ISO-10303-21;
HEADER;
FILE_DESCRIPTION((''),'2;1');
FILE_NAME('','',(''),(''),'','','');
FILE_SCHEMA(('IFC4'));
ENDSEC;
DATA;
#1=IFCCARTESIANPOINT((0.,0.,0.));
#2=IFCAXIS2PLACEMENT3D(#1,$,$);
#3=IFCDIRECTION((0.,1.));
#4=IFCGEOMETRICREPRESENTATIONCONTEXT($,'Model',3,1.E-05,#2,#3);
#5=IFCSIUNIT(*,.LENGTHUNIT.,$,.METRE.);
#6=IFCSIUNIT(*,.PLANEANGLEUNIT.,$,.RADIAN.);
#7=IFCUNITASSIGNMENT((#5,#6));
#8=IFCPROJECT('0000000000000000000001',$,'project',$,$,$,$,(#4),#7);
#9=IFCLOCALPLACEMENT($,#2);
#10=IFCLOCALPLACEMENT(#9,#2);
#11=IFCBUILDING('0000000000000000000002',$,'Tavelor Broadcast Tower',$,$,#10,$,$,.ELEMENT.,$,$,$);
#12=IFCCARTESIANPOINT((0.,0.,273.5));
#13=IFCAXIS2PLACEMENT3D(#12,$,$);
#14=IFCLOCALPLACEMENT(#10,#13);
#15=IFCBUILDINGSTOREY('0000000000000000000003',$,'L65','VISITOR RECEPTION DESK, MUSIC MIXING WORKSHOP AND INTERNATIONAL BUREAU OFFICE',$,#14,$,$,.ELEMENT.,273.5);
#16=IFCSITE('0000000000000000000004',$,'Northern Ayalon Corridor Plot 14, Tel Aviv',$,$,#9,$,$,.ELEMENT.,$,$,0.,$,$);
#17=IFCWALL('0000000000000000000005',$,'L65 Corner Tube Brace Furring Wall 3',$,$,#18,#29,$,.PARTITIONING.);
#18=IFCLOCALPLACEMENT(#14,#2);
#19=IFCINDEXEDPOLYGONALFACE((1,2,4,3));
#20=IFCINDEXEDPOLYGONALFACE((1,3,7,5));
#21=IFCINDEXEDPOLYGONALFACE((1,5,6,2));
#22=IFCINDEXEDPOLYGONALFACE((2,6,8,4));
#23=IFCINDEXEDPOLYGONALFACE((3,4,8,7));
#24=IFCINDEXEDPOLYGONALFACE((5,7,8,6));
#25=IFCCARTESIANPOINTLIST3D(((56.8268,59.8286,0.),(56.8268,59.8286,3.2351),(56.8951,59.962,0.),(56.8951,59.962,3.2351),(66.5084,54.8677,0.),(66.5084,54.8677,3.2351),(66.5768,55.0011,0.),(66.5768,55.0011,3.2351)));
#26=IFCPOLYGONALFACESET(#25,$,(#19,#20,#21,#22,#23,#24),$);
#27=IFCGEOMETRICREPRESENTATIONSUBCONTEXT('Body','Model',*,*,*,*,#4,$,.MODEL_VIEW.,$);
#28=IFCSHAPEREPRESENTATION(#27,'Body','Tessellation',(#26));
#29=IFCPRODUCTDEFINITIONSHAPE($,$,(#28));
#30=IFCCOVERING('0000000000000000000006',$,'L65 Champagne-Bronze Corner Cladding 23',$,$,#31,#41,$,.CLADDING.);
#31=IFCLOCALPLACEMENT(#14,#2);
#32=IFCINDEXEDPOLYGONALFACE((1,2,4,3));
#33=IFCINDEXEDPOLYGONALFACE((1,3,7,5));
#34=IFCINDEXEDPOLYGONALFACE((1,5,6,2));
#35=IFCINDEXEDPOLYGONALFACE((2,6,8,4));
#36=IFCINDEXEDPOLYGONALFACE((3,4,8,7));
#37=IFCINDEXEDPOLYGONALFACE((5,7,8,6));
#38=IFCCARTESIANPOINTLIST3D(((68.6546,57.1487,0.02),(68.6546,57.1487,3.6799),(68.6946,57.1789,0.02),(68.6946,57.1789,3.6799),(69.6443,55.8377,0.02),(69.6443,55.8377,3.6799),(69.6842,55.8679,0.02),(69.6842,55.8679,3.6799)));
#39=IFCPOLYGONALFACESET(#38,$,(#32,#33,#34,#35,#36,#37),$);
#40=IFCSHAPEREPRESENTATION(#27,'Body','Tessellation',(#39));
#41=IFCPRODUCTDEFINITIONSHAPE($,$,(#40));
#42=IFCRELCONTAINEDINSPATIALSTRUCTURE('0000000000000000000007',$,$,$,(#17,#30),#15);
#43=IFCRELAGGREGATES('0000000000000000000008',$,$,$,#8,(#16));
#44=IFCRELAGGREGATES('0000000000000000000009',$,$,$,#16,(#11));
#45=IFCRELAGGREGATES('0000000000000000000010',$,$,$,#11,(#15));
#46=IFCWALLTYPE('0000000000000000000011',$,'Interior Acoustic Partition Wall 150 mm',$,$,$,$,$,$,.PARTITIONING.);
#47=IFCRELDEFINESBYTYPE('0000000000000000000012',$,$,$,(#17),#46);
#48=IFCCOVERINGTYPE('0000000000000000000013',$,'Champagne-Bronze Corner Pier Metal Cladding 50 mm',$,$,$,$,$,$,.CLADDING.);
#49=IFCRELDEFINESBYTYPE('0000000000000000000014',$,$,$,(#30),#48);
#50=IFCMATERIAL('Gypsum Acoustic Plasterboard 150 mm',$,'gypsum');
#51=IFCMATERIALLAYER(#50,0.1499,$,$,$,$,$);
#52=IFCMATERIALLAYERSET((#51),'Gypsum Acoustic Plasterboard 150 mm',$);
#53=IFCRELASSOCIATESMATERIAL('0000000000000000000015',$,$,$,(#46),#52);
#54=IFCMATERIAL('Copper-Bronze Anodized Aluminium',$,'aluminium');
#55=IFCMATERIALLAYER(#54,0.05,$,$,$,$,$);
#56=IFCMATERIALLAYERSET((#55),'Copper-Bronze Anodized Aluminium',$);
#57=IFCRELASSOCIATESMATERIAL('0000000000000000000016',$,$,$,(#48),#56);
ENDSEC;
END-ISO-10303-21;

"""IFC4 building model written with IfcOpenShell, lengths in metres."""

from ifc_helpers import new_model, si_unit, direction, frame, frame_2d, origin, origin_2d, place, context, subcontext, project, spatial, rectangle, extrude, material, layer, layer_set, type_object, element, save


model = new_model("IFC4")

# Units and contexts
model_context = context("Model", 3, precision=1e-05, world=origin(), true_north=direction((0.0, 1.0)))
body_context = subcontext(model_context, "Body", "Model", "MODEL_VIEW")
ifc_project = project(units=[si_unit("LENGTHUNIT", "METRE"), si_unit("PLANEANGLEUNIT", "RADIAN")], contexts=[model_context])

# Site, building, storey
site_placement = place(None, origin())
site = spatial("IfcSite", under=ifc_project, at=site_placement, Name="Northern Ayalon Corridor Plot 14, Tel Aviv", CompositionType="ELEMENT", RefElevation=0.0)
building_placement = place(site_placement, origin())
building = spatial("IfcBuilding", under=site, at=building_placement, Name="Tavelor Broadcast Tower", CompositionType="ELEMENT")
storey_placement = place(building_placement, frame((0.0, 0.0, 273.5)))
storey = spatial("IfcBuildingStorey", under=building, at=storey_placement, Name="L65", Description="VISITOR RECEPTION DESK, MUSIC MIXING WORKSHOP AND INTERNATIONAL BUREAU OFFICE", CompositionType="ELEMENT", Elevation=273.5)

# Wall
ifc_material_1 = material(Name="Gypsum Acoustic Plasterboard 150 mm", Category="gypsum")
ifc_layer_1 = layer(ifc_material_1, 0.1499)
ifc_layer_set_1 = layer_set([ifc_layer_1], Name="Gypsum Acoustic Plasterboard 150 mm")
wall_type_1 = type_object("IfcWallType", Name="Interior Acoustic Partition Wall 150 mm", PredefinedType="PARTITIONING", material=ifc_layer_set_1)
wall_1_placement = place(storey_placement, frame((66.5427, 54.9343, 0.0), z_axis=(0.0, 0.0, 1.0), x_axis=(-0.889967, 0.456025, 0.0)))
element("IfcWall", 1, at=wall_1_placement, inside=storey, type_object=wall_type_1, Name="L65 Corner Tube Brace Furring Wall 3", PredefinedType="PARTITIONING", context=body_context, shape_type="SweptSolid", body=[
    extrude(rectangle(XDim=10.8787, YDim=0.1499, at=frame_2d((5.4395, 0.0))), origin(), (0.0, 0.0, 1.0), 3.2351),
])

# Covering
ifc_material_2 = material(Name="Copper-Bronze Anodized Aluminium", Category="aluminium")
ifc_layer_2 = layer(ifc_material_2, 0.05)
ifc_layer_set_2 = layer_set([ifc_layer_2], Name="Copper-Bronze Anodized Aluminium")
covering_type = type_object("IfcCoveringType", Name="Champagne-Bronze Corner Pier Metal Cladding 50 mm", PredefinedType="CLADDING", material=ifc_layer_set_2)
covering_placement = place(storey_placement, frame((69.1694, 56.5083, 0.02), z_axis=(0.0, 0.0, 1.0), x_axis=(-0.602512, 0.79811, 0.0)))
element("IfcCovering", 2, at=covering_placement, inside=storey, type_object=covering_type, Name="L65 Champagne-Bronze Corner Cladding 23", PredefinedType="CLADDING", context=body_context, shape_type="SweptSolid", body=[
    extrude(rectangle(XDim=1.6426, YDim=0.05, at=origin_2d()), origin(), (0.0, 0.0, 1.0), 3.6599),
])

save(model, "model.ifc")
